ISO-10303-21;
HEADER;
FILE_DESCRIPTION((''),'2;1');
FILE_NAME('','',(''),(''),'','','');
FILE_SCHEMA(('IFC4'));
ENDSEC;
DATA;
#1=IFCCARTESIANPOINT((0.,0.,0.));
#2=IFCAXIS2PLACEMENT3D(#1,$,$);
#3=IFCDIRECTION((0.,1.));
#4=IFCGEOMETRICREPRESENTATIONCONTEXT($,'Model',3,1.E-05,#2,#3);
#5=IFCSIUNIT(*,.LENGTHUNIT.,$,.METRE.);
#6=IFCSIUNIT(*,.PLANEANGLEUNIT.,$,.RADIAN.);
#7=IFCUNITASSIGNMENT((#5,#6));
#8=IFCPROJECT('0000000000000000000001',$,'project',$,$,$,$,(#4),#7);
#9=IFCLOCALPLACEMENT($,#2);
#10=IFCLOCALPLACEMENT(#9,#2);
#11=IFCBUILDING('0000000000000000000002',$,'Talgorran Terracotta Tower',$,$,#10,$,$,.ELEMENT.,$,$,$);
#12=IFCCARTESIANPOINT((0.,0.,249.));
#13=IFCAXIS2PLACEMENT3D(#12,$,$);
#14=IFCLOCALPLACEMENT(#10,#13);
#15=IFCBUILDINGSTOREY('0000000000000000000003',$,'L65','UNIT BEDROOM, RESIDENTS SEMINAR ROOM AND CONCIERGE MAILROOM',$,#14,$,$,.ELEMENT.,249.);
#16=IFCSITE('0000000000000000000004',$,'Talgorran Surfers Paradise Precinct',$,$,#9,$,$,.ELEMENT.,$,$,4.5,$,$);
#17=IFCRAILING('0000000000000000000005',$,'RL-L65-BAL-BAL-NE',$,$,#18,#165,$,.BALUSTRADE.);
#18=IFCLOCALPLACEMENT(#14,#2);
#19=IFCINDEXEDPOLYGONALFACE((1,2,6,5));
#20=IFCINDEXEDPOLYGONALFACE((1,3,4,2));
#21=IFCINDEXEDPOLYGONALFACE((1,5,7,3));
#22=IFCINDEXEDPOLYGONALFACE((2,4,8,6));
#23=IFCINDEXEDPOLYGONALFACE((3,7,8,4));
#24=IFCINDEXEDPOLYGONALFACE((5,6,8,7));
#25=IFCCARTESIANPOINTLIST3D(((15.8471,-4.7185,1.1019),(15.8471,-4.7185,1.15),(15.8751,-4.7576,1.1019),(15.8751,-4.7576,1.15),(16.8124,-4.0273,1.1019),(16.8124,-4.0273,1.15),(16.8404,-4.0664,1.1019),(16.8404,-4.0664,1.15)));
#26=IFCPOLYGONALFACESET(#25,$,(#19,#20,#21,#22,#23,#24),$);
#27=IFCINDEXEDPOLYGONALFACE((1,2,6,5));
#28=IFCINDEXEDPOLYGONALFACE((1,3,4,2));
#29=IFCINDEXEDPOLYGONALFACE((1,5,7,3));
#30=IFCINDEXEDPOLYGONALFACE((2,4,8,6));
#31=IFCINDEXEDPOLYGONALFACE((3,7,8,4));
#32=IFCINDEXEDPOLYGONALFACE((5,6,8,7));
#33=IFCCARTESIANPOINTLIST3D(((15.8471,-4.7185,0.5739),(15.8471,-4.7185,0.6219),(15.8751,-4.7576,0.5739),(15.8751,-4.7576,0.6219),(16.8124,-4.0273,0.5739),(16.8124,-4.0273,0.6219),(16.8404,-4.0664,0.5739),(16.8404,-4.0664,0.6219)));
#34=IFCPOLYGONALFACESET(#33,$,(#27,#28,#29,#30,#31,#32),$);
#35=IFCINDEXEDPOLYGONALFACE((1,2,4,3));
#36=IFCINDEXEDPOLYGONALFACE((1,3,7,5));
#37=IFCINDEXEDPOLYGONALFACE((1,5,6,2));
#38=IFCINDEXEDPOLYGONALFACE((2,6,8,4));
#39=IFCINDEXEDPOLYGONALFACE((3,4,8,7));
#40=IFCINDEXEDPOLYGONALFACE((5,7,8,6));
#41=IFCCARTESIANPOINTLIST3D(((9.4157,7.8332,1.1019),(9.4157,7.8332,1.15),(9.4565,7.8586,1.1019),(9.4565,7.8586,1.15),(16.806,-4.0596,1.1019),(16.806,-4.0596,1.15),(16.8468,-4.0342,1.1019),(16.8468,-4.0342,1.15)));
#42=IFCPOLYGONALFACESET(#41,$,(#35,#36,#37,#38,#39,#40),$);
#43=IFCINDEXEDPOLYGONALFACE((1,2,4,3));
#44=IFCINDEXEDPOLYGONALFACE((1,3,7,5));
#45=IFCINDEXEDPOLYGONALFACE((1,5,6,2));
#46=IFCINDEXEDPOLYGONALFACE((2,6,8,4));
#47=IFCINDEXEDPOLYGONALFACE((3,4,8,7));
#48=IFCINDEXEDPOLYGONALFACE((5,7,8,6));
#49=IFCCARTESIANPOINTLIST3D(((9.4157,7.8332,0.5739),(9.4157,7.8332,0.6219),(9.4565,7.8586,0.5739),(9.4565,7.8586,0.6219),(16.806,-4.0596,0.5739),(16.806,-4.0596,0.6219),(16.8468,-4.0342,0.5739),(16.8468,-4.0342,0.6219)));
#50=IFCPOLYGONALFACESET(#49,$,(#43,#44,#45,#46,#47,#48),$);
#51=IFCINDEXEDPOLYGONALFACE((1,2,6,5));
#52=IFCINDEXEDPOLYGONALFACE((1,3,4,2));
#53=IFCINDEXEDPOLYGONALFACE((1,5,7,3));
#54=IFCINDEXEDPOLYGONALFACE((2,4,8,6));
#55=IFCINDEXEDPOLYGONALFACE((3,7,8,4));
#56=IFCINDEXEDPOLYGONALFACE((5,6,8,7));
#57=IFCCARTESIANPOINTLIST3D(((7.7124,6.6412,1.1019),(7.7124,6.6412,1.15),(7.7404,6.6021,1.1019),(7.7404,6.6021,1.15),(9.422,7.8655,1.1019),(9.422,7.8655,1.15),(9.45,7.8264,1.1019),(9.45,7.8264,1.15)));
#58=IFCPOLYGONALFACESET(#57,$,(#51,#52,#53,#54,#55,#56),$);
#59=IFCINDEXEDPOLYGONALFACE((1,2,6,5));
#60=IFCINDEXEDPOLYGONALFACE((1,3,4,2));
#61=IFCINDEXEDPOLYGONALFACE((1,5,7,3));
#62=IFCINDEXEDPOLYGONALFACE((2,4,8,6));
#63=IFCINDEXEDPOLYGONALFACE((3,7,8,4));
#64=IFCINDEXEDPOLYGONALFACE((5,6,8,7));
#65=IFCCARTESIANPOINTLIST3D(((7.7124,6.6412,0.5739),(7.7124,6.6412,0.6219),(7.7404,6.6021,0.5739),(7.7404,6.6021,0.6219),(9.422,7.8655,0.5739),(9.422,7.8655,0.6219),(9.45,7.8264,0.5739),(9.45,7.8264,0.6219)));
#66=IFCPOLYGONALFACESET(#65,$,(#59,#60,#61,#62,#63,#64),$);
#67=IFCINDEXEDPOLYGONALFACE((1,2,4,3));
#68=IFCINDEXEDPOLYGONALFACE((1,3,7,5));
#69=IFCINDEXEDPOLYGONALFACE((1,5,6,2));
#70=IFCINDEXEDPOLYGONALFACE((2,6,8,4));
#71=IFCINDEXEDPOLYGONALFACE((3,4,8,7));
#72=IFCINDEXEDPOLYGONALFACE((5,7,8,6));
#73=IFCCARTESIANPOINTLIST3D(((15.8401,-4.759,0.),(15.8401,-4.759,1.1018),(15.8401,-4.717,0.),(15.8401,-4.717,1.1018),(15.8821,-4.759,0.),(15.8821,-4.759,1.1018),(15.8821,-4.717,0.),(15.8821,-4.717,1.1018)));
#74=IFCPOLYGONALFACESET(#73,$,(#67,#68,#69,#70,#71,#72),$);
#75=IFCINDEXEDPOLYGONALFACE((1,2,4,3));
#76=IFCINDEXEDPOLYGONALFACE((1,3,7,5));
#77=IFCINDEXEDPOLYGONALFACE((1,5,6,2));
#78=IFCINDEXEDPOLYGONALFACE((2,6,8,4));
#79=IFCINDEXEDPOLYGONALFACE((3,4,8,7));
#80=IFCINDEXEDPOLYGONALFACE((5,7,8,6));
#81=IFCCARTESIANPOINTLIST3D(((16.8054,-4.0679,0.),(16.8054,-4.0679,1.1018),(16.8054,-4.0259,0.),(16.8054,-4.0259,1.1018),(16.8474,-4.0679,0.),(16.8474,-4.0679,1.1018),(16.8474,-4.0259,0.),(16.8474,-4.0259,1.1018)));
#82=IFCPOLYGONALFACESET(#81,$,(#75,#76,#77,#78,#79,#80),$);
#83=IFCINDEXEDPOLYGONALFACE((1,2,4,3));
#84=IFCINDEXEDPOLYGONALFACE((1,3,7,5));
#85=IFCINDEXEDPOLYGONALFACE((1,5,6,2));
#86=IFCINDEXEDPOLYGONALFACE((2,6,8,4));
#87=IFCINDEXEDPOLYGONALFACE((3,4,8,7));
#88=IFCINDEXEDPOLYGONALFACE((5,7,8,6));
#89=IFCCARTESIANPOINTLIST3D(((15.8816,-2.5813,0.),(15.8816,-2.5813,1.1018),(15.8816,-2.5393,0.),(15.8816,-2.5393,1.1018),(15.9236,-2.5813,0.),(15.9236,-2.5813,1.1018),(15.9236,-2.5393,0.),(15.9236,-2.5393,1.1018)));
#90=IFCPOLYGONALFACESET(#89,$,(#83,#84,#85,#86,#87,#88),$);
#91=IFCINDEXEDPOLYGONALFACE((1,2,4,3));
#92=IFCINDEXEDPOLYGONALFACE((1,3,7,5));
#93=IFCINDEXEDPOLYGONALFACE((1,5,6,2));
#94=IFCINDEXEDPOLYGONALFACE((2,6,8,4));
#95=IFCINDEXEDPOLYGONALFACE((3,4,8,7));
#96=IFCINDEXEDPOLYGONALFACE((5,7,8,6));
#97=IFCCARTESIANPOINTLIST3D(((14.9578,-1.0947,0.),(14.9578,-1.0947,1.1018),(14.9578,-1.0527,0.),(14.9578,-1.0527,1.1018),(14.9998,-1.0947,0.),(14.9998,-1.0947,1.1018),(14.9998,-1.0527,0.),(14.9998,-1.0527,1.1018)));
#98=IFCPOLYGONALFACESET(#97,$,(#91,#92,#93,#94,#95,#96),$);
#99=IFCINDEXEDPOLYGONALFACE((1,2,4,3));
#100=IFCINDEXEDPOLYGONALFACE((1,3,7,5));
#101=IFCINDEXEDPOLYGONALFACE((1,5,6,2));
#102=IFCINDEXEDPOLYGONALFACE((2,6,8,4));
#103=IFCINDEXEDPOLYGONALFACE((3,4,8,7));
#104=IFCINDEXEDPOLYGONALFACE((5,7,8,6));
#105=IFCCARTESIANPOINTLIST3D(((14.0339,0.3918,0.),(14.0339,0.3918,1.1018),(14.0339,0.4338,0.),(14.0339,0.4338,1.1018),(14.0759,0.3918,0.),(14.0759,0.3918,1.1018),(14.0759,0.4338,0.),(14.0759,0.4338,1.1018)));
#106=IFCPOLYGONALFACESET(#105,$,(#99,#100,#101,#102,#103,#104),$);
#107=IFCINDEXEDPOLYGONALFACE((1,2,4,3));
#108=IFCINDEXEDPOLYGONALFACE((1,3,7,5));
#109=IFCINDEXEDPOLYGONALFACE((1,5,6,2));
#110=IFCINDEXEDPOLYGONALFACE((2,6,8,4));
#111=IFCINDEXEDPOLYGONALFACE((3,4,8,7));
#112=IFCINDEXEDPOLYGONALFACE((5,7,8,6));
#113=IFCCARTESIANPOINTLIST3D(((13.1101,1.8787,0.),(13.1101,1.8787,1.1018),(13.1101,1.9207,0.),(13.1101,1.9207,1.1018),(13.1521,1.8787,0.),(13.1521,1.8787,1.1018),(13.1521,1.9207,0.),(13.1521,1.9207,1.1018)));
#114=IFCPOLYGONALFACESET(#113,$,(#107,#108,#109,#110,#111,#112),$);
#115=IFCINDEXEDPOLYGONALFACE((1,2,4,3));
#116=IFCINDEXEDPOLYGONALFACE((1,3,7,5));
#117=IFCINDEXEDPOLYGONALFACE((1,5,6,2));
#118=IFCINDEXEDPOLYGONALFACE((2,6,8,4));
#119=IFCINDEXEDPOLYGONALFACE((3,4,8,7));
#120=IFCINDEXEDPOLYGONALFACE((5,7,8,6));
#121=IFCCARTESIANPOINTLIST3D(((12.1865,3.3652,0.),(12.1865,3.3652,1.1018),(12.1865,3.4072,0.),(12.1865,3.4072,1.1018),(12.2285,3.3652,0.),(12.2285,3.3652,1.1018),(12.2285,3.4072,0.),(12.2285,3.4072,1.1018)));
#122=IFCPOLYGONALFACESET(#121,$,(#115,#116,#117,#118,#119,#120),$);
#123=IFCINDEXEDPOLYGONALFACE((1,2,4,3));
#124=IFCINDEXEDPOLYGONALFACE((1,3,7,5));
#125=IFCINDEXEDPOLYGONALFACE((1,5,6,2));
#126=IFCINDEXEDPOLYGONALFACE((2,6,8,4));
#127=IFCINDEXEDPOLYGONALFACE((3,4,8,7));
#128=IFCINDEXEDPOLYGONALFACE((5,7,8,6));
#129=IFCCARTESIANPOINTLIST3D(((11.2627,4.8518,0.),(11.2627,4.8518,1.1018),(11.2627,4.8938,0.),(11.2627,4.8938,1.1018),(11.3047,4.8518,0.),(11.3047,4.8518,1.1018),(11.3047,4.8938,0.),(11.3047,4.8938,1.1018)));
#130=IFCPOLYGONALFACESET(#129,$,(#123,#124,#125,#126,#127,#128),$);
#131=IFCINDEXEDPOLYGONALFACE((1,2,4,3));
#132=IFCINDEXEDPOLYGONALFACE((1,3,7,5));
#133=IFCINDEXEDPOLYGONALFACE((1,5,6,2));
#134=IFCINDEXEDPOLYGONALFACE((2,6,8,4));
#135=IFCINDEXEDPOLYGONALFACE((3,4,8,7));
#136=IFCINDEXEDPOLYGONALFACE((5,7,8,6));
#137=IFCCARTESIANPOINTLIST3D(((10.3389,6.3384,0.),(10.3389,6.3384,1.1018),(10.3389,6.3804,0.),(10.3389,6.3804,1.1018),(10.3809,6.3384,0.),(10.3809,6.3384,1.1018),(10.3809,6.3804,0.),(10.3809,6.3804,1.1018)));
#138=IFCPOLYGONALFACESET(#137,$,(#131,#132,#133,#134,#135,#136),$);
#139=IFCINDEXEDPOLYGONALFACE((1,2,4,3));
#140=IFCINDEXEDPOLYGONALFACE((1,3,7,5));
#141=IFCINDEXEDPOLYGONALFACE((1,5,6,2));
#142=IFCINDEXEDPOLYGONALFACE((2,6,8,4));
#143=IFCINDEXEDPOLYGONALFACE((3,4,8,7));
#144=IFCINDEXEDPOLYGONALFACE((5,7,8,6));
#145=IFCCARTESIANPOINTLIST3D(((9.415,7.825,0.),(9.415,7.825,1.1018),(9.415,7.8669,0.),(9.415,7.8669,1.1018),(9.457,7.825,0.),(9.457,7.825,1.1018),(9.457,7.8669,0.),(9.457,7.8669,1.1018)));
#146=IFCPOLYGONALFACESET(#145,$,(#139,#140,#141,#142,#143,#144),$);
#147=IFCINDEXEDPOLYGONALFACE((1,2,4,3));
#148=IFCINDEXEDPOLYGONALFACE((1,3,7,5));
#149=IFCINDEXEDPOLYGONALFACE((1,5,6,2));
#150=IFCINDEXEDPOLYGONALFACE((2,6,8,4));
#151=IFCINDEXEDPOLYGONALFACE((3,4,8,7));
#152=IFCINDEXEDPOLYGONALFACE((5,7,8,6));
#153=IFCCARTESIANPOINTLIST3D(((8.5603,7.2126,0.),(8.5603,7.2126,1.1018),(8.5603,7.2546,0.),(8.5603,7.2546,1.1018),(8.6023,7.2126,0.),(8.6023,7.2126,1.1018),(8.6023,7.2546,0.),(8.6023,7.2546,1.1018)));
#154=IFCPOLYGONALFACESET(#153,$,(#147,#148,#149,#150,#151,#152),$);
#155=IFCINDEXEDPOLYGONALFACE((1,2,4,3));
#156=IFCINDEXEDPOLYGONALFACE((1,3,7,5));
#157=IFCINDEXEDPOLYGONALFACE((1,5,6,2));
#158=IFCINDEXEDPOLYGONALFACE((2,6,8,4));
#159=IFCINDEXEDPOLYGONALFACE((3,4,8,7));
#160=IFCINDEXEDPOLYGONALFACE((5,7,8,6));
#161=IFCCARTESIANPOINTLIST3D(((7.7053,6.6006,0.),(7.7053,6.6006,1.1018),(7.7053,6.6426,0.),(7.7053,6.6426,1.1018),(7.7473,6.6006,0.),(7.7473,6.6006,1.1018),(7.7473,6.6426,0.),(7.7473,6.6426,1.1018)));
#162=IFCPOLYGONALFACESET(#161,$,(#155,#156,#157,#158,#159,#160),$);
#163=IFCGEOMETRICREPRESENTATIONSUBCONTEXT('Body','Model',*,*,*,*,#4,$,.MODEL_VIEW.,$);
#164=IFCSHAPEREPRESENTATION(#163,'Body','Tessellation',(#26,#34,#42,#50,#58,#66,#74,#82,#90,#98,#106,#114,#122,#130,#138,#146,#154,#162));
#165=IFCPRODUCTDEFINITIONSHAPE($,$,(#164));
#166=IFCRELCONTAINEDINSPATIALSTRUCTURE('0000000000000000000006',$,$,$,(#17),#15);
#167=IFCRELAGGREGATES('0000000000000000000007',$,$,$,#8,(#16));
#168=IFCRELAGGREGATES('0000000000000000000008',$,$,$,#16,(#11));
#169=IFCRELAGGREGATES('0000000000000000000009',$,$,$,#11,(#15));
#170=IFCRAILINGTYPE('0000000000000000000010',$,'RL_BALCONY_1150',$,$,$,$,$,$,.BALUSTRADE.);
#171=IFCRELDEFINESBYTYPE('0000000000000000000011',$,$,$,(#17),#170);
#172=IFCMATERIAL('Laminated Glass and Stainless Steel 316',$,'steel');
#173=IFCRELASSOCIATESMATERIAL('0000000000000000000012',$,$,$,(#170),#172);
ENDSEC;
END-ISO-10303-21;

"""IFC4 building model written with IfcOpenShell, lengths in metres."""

from ifc_helpers import new_model, si_unit, direction, frame, origin, origin_2d, place, context, subcontext, project, spatial, rectangle, extrude, material, type_object, element, save


model = new_model("IFC4")

# Units and contexts
model_context = context("Model", 3, precision=1e-05, world=origin(), true_north=direction((0.0, 1.0)))
body_context = subcontext(model_context, "Body", "Model", "MODEL_VIEW")
ifc_project = project(units=[si_unit("LENGTHUNIT", "METRE"), si_unit("PLANEANGLEUNIT", "RADIAN")], contexts=[model_context])

# Site, building, storey
site_placement = place(None, origin())
site = spatial("IfcSite", under=ifc_project, at=site_placement, Name="Talgorran Surfers Paradise Precinct", CompositionType="ELEMENT", RefElevation=4.5)
building_placement = place(site_placement, origin())
building = spatial("IfcBuilding", under=site, at=building_placement, Name="Talgorran Terracotta Tower", CompositionType="ELEMENT")
storey_placement = place(building_placement, frame((0.0, 0.0, 249.0)))
storey = spatial("IfcBuildingStorey", under=building, at=storey_placement, Name="L65", Description="UNIT BEDROOM, RESIDENTS SEMINAR ROOM AND CONCIERGE MAILROOM", CompositionType="ELEMENT", Elevation=249.0)

# Railing
ifc_material_1 = material(Name="Laminated Glass and Stainless Steel 316", Category="steel")
railing_type = type_object("IfcRailingType", Name="RL_BALCONY_1150", PredefinedType="BALUSTRADE", material=ifc_material_1)
railing_placement = place(storey_placement, frame((15.8611, -4.738, 0.0)))
element("IfcRailing", 1, at=railing_placement, inside=storey, type_object=railing_type, Name="RL-L65-BAL-BAL-NE", PredefinedType="BALUSTRADE", context=body_context, shape_type="SweptSolid", body=[
    extrude(rectangle(XDim=0.0481, YDim=0.0481, at=origin_2d()), frame((0.0, 0.0, 1.126), z_axis=(0.81308, 0.582152, 0.0), x_axis=(-0.582152, 0.81308, 0.0)), (0.0, 0.0, 1.0), 1.1873),
    extrude(rectangle(XDim=0.0481, YDim=0.0481, at=origin_2d()), frame((0.0, 0.0, 0.5979), z_axis=(0.81308, 0.582152, 0.0), x_axis=(-0.582152, 0.81308, 0.0)), (0.0, 0.0, 1.0), 1.1873),
    extrude(rectangle(XDim=0.0481, YDim=0.0481, at=origin_2d()), frame((0.9653, 0.6912, 1.126), z_axis=(-0.527808, 0.849364, 0.0), x_axis=(-0.849364, -0.527808, 0.0)), (0.0, 0.0, 1.0), 14.002),
    extrude(rectangle(XDim=0.0481, YDim=0.0481, at=origin_2d()), frame((0.9653, 0.6912, 0.5979), z_axis=(-0.527808, 0.849364, 0.0), x_axis=(-0.849364, -0.527808, 0.0)), (0.0, 0.0, 1.0), 14.002),
    extrude(rectangle(XDim=0.0481, YDim=0.0481, at=origin_2d()), frame((-6.425, 12.584, 1.126), z_axis=(-0.813027, -0.582226, 0.0), x_axis=(0.582226, -0.813027, 0.0)), (0.0, 0.0, 1.0), 2.1028),
    extrude(rectangle(XDim=0.0481, YDim=0.0481, at=origin_2d()), frame((-6.425, 12.584, 0.5979), z_axis=(-0.813027, -0.582226, 0.0), x_axis=(0.582226, -0.813027, 0.0)), (0.0, 0.0, 1.0), 2.1028),
    extrude(rectangle(XDim=0.042, YDim=0.042, at=origin_2d()), origin(), (0.0, 0.0, 1.0), 1.1018),
    extrude(rectangle(XDim=0.042, YDim=0.042, at=origin_2d()), frame((0.9653, 0.6912, 0.0)), (0.0, 0.0, 1.0), 1.1018),
    extrude(rectangle(XDim=0.042, YDim=0.042, at=origin_2d()), frame((0.0415, 2.1777, 0.0)), (0.0, 0.0, 1.0), 1.1018),
    extrude(rectangle(XDim=0.042, YDim=0.042, at=origin_2d()), frame((-0.8823, 3.6643, 0.0)), (0.0, 0.0, 1.0), 1.1018),
    extrude(rectangle(XDim=0.042, YDim=0.042, at=origin_2d()), frame((-1.8062, 5.1509, 0.0)), (0.0, 0.0, 1.0), 1.1018),
    extrude(rectangle(XDim=0.042, YDim=0.042, at=origin_2d()), frame((-2.73, 6.6377, 0.0)), (0.0, 0.0, 1.0), 1.1018),
    extrude(rectangle(XDim=0.042, YDim=0.042, at=origin_2d()), frame((-3.6536, 8.1243, 0.0)), (0.0, 0.0, 1.0), 1.1018),
    extrude(rectangle(XDim=0.042, YDim=0.042, at=origin_2d()), frame((-4.5774, 9.6108, 0.0)), (0.0, 0.0, 1.0), 1.1018),
    extrude(rectangle(XDim=0.042, YDim=0.042, at=origin_2d()), frame((-5.5012, 11.0974, 0.0)), (0.0, 0.0, 1.0), 1.1018),
    extrude(rectangle(XDim=0.042, YDim=0.042, at=origin_2d()), frame((-6.425, 12.584, 0.0)), (0.0, 0.0, 1.0), 1.1018),
    extrude(rectangle(XDim=0.042, YDim=0.042, at=origin_2d()), frame((-7.2798, 11.9717, 0.0)), (0.0, 0.0, 1.0), 1.1018),
    extrude(rectangle(XDim=0.042, YDim=0.042, at=origin_2d()), frame((-8.1348, 11.3596, 0.0)), (0.0, 0.0, 1.0), 1.1018),
])

save(model, "model.ifc")
